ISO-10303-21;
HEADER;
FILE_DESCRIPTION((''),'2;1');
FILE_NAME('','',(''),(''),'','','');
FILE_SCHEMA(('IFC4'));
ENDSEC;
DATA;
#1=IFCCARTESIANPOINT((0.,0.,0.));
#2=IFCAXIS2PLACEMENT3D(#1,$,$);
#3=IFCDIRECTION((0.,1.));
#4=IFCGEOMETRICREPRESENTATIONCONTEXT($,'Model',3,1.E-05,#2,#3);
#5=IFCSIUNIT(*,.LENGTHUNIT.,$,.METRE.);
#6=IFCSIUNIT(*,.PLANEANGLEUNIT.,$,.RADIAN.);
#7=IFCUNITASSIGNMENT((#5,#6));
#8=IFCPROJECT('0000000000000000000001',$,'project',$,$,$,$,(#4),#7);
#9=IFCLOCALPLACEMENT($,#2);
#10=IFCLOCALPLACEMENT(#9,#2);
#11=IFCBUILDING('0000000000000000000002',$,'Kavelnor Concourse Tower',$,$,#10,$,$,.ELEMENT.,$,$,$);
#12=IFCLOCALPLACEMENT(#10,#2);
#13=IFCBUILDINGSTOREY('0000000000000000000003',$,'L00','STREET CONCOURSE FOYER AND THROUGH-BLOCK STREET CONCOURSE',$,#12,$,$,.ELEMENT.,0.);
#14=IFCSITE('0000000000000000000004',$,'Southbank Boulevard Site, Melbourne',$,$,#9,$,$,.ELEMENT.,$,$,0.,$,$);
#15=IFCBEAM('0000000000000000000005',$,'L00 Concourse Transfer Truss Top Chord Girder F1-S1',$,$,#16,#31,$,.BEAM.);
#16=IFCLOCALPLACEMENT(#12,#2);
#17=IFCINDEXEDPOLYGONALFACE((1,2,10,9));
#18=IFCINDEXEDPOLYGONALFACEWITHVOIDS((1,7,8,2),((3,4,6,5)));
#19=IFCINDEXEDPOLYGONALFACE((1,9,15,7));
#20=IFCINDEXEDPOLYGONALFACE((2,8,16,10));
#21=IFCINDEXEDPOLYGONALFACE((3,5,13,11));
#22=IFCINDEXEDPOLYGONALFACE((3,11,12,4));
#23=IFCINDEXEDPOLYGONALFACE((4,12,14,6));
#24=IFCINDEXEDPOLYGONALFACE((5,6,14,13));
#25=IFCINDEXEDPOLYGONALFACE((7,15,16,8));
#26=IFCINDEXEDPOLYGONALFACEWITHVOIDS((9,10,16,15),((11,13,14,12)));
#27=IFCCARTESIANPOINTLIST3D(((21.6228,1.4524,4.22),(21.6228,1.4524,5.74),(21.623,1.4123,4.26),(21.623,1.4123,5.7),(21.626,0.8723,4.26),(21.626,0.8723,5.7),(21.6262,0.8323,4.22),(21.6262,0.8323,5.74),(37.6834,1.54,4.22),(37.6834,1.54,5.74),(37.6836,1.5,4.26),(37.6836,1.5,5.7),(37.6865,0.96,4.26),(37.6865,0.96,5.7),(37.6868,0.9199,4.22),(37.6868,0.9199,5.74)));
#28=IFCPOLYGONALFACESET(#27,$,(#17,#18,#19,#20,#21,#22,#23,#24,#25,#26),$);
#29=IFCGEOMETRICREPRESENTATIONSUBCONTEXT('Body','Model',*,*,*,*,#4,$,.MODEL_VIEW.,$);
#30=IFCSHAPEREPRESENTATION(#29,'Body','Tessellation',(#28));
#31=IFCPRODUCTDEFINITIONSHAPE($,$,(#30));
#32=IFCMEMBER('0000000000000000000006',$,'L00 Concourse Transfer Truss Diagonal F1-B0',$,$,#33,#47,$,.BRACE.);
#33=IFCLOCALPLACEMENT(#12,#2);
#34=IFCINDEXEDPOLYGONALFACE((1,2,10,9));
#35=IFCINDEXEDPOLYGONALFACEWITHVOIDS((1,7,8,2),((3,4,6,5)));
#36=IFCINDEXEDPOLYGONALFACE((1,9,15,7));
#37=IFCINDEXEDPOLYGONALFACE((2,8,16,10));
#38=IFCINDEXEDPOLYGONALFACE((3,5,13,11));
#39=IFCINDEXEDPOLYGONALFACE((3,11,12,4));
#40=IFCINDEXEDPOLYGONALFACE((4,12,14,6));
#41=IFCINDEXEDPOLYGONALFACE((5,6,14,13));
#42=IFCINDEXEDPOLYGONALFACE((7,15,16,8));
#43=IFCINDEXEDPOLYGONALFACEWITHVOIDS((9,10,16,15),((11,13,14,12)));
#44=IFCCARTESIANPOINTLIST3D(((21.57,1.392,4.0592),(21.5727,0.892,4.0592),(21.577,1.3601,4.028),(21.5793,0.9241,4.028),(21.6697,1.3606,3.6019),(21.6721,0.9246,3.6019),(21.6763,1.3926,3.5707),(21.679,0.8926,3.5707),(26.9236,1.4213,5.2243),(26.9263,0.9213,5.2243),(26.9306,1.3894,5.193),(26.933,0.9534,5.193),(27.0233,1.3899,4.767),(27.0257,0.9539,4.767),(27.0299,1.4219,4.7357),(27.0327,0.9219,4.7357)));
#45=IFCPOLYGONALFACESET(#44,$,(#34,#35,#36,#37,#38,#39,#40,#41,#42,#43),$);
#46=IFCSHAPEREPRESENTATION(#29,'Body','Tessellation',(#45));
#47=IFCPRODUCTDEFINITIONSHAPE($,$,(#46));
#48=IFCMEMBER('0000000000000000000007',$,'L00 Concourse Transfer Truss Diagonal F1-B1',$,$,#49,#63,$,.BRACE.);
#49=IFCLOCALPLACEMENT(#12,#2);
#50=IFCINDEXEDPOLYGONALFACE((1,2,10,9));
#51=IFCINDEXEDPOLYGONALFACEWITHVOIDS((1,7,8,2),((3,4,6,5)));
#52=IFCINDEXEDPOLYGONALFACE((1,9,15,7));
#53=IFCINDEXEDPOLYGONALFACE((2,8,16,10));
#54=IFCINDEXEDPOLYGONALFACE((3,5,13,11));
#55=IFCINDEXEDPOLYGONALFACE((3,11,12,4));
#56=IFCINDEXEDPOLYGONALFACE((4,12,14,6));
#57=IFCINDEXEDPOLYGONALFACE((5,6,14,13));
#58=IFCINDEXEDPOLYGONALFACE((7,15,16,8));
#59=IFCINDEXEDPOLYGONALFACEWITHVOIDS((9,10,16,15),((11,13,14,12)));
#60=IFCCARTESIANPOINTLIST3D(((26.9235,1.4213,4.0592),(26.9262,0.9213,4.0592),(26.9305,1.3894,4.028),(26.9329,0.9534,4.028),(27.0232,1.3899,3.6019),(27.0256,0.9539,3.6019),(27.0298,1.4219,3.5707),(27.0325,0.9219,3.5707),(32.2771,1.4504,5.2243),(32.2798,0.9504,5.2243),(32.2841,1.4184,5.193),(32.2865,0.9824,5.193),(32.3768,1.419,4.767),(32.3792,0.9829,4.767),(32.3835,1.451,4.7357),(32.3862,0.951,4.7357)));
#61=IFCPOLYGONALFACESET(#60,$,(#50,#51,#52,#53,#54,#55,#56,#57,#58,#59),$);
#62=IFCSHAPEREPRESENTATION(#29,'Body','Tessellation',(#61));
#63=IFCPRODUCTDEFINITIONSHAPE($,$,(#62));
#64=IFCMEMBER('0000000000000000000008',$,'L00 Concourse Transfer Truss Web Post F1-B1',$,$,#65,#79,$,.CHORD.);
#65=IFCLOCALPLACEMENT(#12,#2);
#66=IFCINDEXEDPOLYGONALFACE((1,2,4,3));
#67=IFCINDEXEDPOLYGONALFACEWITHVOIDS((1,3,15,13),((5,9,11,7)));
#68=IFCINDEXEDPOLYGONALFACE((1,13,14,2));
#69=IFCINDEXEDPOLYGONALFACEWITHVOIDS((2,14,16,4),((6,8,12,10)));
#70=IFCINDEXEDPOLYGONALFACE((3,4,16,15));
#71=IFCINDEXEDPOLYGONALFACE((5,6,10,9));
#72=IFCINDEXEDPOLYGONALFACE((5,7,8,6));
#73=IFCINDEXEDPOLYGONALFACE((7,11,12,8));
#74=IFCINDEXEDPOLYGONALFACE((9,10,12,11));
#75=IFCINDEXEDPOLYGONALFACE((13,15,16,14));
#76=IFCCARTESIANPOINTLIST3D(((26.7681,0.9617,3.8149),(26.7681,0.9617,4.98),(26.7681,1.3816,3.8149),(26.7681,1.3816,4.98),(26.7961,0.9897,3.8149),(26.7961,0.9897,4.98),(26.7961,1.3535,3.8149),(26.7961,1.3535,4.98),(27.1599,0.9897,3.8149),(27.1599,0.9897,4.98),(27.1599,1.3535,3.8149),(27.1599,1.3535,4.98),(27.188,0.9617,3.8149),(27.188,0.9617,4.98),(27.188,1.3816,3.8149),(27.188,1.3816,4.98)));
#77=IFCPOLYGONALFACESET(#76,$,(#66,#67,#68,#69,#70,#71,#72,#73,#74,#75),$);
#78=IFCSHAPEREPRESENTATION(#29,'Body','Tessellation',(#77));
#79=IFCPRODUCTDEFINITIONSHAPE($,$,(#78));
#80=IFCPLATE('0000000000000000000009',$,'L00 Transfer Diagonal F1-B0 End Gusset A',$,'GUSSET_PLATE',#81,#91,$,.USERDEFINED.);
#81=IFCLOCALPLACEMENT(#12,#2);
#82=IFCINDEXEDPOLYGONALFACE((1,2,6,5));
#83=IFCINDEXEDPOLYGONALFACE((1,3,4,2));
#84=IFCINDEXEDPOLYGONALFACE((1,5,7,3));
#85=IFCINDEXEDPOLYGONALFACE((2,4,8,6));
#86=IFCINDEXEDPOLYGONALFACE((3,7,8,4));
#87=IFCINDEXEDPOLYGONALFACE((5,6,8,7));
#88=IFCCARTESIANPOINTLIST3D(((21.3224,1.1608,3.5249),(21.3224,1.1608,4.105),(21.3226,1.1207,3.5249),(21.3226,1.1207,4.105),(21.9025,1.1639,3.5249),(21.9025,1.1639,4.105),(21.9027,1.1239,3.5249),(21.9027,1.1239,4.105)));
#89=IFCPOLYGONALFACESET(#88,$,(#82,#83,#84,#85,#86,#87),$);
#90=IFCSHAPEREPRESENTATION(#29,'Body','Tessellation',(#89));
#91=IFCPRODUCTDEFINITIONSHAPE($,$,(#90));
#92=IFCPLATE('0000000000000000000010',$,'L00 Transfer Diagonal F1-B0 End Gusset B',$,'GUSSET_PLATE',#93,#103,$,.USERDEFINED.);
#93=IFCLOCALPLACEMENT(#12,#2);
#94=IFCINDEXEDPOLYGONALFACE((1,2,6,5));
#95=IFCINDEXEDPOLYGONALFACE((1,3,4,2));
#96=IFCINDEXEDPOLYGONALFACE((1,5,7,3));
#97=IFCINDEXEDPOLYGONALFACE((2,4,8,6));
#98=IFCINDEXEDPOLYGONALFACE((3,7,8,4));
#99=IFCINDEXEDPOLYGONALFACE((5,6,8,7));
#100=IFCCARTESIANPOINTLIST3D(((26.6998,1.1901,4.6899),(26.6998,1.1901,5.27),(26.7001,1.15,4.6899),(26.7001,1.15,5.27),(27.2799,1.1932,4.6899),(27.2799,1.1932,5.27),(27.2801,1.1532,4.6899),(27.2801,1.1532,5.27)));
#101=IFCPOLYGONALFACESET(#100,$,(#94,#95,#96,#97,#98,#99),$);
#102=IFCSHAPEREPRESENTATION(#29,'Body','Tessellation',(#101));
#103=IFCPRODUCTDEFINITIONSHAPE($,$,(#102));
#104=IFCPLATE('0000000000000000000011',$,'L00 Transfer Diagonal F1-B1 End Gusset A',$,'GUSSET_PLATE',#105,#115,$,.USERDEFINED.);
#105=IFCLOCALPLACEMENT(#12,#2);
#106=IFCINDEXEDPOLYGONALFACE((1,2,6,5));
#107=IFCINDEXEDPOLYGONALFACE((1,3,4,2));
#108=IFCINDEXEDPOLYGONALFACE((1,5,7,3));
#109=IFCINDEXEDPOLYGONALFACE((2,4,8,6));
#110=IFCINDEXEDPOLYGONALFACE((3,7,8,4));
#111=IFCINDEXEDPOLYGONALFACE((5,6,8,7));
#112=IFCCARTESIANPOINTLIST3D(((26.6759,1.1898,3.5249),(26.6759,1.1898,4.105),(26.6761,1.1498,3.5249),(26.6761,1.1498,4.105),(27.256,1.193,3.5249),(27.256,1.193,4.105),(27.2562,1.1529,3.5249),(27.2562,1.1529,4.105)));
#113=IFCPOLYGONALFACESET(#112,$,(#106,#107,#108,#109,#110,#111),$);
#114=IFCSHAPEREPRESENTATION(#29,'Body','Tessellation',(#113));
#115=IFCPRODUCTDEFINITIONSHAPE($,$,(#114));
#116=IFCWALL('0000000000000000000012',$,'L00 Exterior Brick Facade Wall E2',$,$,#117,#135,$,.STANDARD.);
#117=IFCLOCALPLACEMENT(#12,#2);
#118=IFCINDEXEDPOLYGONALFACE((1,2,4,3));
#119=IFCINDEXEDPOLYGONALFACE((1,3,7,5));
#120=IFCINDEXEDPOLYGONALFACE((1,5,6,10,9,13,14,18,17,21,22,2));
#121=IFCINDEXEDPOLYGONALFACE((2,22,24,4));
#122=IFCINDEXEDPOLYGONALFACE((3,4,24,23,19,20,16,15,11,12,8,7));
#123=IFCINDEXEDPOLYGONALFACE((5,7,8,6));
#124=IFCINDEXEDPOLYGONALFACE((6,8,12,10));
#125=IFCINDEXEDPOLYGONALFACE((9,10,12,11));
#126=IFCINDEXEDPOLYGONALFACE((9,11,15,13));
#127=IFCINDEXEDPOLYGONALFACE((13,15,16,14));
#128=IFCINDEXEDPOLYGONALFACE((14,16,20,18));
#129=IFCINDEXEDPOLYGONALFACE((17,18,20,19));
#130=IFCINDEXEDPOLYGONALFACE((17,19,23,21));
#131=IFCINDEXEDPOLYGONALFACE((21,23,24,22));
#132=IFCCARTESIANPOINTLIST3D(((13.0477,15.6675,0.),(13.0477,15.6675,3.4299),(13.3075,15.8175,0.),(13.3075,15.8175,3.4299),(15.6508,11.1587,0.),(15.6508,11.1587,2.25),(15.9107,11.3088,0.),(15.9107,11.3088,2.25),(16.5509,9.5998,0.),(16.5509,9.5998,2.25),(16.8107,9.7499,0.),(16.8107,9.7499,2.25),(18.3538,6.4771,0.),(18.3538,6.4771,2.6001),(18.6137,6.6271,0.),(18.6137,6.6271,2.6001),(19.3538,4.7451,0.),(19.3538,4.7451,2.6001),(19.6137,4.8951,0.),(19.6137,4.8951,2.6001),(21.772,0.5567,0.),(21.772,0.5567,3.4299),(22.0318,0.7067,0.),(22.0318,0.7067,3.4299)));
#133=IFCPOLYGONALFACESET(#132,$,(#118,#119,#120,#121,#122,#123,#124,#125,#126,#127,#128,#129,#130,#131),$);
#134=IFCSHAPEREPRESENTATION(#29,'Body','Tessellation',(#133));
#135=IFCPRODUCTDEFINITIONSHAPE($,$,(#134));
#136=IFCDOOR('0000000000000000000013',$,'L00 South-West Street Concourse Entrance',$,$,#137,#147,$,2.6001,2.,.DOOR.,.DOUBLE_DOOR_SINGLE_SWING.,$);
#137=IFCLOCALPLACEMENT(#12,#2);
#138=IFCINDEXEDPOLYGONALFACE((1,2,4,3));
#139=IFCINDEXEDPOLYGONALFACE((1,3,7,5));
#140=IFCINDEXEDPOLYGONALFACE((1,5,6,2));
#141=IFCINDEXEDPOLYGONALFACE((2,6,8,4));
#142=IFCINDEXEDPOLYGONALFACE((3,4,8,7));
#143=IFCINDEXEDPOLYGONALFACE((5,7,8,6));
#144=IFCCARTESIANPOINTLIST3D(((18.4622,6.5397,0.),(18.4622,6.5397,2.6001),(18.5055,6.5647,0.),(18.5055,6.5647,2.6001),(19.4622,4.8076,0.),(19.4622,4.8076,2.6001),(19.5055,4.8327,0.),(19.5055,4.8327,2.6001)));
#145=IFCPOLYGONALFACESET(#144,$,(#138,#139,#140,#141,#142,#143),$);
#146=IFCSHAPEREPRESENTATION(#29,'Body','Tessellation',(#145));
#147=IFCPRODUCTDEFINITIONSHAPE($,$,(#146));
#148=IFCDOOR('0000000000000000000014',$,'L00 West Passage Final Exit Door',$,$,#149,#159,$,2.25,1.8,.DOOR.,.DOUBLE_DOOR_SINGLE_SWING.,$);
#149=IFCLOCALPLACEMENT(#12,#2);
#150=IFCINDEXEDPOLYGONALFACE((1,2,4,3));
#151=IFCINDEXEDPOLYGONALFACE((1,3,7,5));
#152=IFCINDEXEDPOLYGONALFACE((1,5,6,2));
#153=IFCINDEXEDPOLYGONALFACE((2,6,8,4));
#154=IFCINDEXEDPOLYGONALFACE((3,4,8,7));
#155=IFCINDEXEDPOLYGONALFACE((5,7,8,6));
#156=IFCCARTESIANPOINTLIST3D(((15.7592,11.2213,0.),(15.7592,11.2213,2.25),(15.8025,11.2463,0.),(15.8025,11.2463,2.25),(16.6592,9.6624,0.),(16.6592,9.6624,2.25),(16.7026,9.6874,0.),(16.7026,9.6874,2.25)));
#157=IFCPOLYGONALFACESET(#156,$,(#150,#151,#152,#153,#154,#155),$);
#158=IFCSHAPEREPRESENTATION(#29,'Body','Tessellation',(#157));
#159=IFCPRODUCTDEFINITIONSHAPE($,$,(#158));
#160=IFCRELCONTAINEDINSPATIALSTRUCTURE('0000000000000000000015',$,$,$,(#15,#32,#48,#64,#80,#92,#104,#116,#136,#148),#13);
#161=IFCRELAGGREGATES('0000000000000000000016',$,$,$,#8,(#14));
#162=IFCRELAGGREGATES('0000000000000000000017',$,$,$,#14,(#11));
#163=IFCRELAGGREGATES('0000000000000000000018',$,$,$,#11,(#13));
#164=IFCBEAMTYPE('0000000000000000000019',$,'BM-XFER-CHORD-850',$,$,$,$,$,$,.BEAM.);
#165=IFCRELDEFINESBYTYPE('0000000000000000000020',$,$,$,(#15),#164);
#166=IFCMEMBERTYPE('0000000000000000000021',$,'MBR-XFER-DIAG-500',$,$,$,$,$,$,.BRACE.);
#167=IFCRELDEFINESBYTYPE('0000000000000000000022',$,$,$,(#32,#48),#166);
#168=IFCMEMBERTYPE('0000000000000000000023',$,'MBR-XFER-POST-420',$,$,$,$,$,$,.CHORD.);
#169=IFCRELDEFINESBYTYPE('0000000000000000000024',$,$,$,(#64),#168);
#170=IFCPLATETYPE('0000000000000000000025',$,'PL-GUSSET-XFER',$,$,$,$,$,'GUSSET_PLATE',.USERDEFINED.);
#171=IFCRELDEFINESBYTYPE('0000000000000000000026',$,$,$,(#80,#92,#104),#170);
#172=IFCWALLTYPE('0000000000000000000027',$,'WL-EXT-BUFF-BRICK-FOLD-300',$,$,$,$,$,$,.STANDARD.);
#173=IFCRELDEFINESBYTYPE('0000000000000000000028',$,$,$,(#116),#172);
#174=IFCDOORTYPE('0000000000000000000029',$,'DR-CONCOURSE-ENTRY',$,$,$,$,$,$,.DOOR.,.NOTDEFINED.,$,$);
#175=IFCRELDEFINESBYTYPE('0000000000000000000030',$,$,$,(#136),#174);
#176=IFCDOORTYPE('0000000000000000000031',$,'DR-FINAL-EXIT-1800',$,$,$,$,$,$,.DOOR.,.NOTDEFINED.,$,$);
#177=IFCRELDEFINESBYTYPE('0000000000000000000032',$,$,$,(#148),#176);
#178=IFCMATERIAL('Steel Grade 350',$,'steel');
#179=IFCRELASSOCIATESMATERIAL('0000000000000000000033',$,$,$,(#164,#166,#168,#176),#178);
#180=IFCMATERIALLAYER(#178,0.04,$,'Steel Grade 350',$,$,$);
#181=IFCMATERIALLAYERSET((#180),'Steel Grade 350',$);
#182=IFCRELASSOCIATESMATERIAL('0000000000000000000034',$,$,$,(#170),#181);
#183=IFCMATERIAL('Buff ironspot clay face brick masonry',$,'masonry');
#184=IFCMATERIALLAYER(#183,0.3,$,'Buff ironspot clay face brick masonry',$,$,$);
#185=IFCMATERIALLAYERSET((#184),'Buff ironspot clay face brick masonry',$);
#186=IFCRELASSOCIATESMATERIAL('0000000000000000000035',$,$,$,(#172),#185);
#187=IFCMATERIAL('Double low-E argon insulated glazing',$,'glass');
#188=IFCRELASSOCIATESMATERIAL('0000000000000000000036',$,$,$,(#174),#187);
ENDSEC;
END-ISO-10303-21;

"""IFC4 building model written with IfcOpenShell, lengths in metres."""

from ifc_helpers import new_model, si_unit, direction, frame, frame_2d, origin, origin_2d, place, context, subcontext, project, spatial, rectangle, hollow_rectangle, extrude, material, layer, layer_set, material_profile, profile_set, type_object, element, fill, save


model = new_model("IFC4")

# Units and contexts
model_context = context("Model", 3, precision=1e-05, world=origin(), true_north=direction((0.0, 1.0)))
body_context = subcontext(model_context, "Body", "Model", "MODEL_VIEW")
ifc_project = project(units=[si_unit("LENGTHUNIT", "METRE"), si_unit("PLANEANGLEUNIT", "RADIAN")], contexts=[model_context])

# Site, building, storey
site_placement = place(None, origin())
site = spatial("IfcSite", under=ifc_project, at=site_placement, Name="Southbank Boulevard Site, Melbourne", CompositionType="ELEMENT", RefElevation=0.0)
building_placement = place(site_placement, origin())
building = spatial("IfcBuilding", under=site, at=building_placement, Name="Kavelnor Concourse Tower", CompositionType="ELEMENT")
storey_placement = place(building_placement, origin())
storey = spatial("IfcBuildingStorey", under=building, at=storey_placement, Name="L00", Description="STREET CONCOURSE FOYER AND THROUGH-BLOCK STREET CONCOURSE", CompositionType="ELEMENT", Elevation=0.0)

# Shared definitions
ifc_material_1 = material(Name="Steel Grade 350", Category="steel")

# Beam
ifc_material_profile_1 = material_profile(ifc_material_1, hollow_rectangle(XDim=0.6201, YDim=1.52, WallThickness=0.04, at=origin_2d()), Name="RHS 1520x620x40")
ifc_profile_set_1 = profile_set([ifc_material_profile_1], Name="Steel Grade 350")
beam_type_1 = type_object("IfcBeamType", Name="BM-XFER-CHORD-850", PredefinedType="BEAM", material=ifc_profile_set_1)
beam_1_placement = place(storey_placement, frame((21.6245, 1.1423, 4.98), z_axis=(0.999985, 0.005457, 0.0), x_axis=(-0.005457, 0.999985, 0.0)))
element("IfcBeam", 1, at=beam_1_placement, inside=storey, type_object=beam_type_1, Name="L00 Concourse Transfer Truss Top Chord Girder F1-S1", PredefinedType="BEAM", context=body_context, shape_type="SweptSolid", body=[
    extrude(hollow_rectangle(XDim=0.6201, YDim=1.52, WallThickness=0.04, at=origin_2d()), origin(), (0.0, 0.0, 1.0), 16.0608),
])

# Members
ifc_material_profile_2 = material_profile(ifc_material_1, hollow_rectangle(XDim=0.5, YDim=0.5, WallThickness=0.032, at=origin_2d()), Name="SHS 500x500x32")
ifc_profile_set_2 = profile_set([ifc_material_profile_2], Name="Steel Grade 350")
member_type_1 = type_object("IfcMemberType", Name="MBR-XFER-DIAG-500", PredefinedType="BRACE", material=ifc_profile_set_2)
for number, where, z_axis, x_axis, name in (
    (2, (21.6245, 1.1423, 3.8149), (0.977116, 0.005347, 0.212641), (-0.005472, 0.999985, 0.0), "L00 Concourse Transfer Truss Diagonal F1-B0"),
    (3, (26.978, 1.1716, 3.8149), (0.977116, 0.005303, 0.212641), (-0.005427, 0.999985, 0.0), "L00 Concourse Transfer Truss Diagonal F1-B1"),
):
    element("IfcMember", number, at=place(storey_placement, frame(where, z_axis=z_axis, x_axis=x_axis)), inside=storey, type_object=member_type_1, Name=name, PredefinedType="BRACE", context=body_context, shape_type="SweptSolid", body=[
        extrude(hollow_rectangle(XDim=0.5, YDim=0.5, WallThickness=0.032, at=origin_2d()), origin(), (0.0, 0.0, 1.0), 5.479),
    ])
ifc_material_profile_3 = material_profile(ifc_material_1, hollow_rectangle(XDim=0.4199, YDim=0.4199, WallThickness=0.0281, at=origin_2d()), Name="SHS 420x420x28")
ifc_profile_set_3 = profile_set([ifc_material_profile_3], Name="Steel Grade 350")
member_type_2 = type_object("IfcMemberType", Name="MBR-XFER-POST-420", PredefinedType="CHORD", material=ifc_profile_set_3)
member_placement = place(storey_placement, frame((26.978, 1.1716, 3.8149), z_axis=(0.0, 0.0, 1.0), x_axis=(1.0, 0.0, 0.0)))
element("IfcMember", 4, at=member_placement, inside=storey, type_object=member_type_2, Name="L00 Concourse Transfer Truss Web Post F1-B1", PredefinedType="CHORD", context=body_context, shape_type="SweptSolid", body=[
    extrude(hollow_rectangle(XDim=0.4199, YDim=0.4199, WallThickness=0.0281, at=origin_2d()), origin(), (0.0, 0.0, 1.0), 1.165),
])

# Plates
ifc_layer_1 = layer(ifc_material_1, 0.04, Name="Steel Grade 350")
ifc_layer_set_1 = layer_set([ifc_layer_1], Name="Steel Grade 350")
plate_type = type_object("IfcPlateType", Name="PL-GUSSET-XFER", ElementType="GUSSET_PLATE", PredefinedType="USERDEFINED", material=ifc_layer_set_1)
for number, where, z_axis, x_axis, name in (
    (5, (21.6125, 1.1423, 3.5249), (0.0, 0.0, 1.0), (0.999985, 0.00541, 0.0), "L00 Transfer Diagonal F1-B0 End Gusset A"),
    (6, (26.99, 1.1716, 4.6899), (0.0, 0.0, 1.0), (0.999985, 0.00541, 0.0), "L00 Transfer Diagonal F1-B0 End Gusset B"),
    (7, (26.9661, 1.1714, 3.5249), (0.0, 0.0, 1.0), (0.999985, 0.00541, 0.0), "L00 Transfer Diagonal F1-B1 End Gusset A"),
):
    element("IfcPlate", number, at=place(storey_placement, frame(where, z_axis=z_axis, x_axis=x_axis)), inside=storey, type_object=plate_type, Name=name, ObjectType="GUSSET_PLATE", PredefinedType="USERDEFINED", context=body_context, shape_type="SweptSolid", body=[
        extrude(rectangle(XDim=0.5801, YDim=0.04, at=origin_2d()), origin(), (0.0, 0.0, 1.0), 0.5801),
    ])

# Wall, openings, doors
ifc_material_2 = material(Name="Buff ironspot clay face brick masonry", Category="masonry")
ifc_layer_2 = layer(ifc_material_2, 0.3, Name="Buff ironspot clay face brick masonry")
ifc_layer_set_2 = layer_set([ifc_layer_2], Name="Buff ironspot clay face brick masonry")
wall_type_1 = type_object("IfcWallType", Name="WL-EXT-BUFF-BRICK-FOLD-300", PredefinedType="STANDARD", material=ifc_layer_set_2)
wall_1_placement = place(storey_placement, frame((21.9019, 0.6318, 0.0), z_axis=(0.0, 0.0, 1.0), x_axis=(-0.500005, 0.866022, 0.0)))
wall_1 = element("IfcWall", 8, at=wall_1_placement, inside=storey, type_object=wall_type_1, Name="L00 Exterior Brick Facade Wall E2", PredefinedType="STANDARD", context=body_context, shape_type="SweptSolid", body=[
    extrude(rectangle(XDim=17.4485, YDim=0.3, at=frame_2d((8.7241, 0.0))), origin(), (0.0, 0.0, 1.0), 3.4299),
])
opening_1_placement = place(wall_1_placement, frame((10.4421, 0.0, 0.0)))
opening_1 = element("IfcOpeningElement", 9, at=opening_1_placement, cuts=wall_1, PredefinedType="OPENING", context=body_context, shape_type="SweptSolid", body=[
    extrude(rectangle(XDim=1.8, YDim=2.25, at=frame_2d((0.8999, 1.125))), frame((0.0, 0.1602, 0.0), z_axis=(0.0, -1.0, 0.0), x_axis=(1.0, 0.0, 0.0)), (0.0, 0.0, 1.0), 0.3201),
])
opening_2_placement = place(wall_1_placement, frame((4.8362, 0.0, 0.0)))
opening_2 = element("IfcOpeningElement", 10, at=opening_2_placement, cuts=wall_1, PredefinedType="OPENING", context=body_context, shape_type="SweptSolid", body=[
    extrude(rectangle(XDim=2.0, YDim=2.6001, at=frame_2d((1.0, 1.3))), frame((0.0, 0.1602, 0.0), z_axis=(0.0, -1.0, 0.0), x_axis=(1.0, 0.0, 0.0)), (0.0, 0.0, 1.0), 0.3201),
])
ifc_material_3 = material(Name="Double low-E argon insulated glazing", Category="glass")
door_type_1 = type_object("IfcDoorType", Name="DR-CONCOURSE-ENTRY", OperationType="NOTDEFINED", PredefinedType="DOOR", material=ifc_material_3)
door_1_placement = place(opening_2_placement, origin())
door_1 = element("IfcDoor", 11, at=door_1_placement, inside=storey, type_object=door_type_1, Name="L00 South-West Street Concourse Entrance", OperationType="DOUBLE_DOOR_SINGLE_SWING", OverallHeight=2.6001, OverallWidth=2.0, PredefinedType="DOOR", context=body_context, shape_type="SweptSolid", body=[
    extrude(rectangle(XDim=2.0, YDim=2.6001, at=frame_2d((1.0, 1.3))), frame((0.0, 0.0249, 0.0), z_axis=(0.0, -1.0, 0.0), x_axis=(1.0, 0.0, 0.0)), (0.0, 0.0, 1.0), 0.05),
])
fill(opening_2, door_1)
door_type_2 = type_object("IfcDoorType", Name="DR-FINAL-EXIT-1800", OperationType="NOTDEFINED", PredefinedType="DOOR", material=ifc_material_1)
door_2_placement = place(opening_1_placement, origin())
door_2 = element("IfcDoor", 12, at=door_2_placement, inside=storey, type_object=door_type_2, Name="L00 West Passage Final Exit Door", OperationType="DOUBLE_DOOR_SINGLE_SWING", OverallHeight=2.25, OverallWidth=1.8, PredefinedType="DOOR", context=body_context, shape_type="SweptSolid", body=[
    extrude(rectangle(XDim=1.8, YDim=2.25, at=frame_2d((0.8999, 1.125))), frame((0.0, 0.0249, 0.0), z_axis=(0.0, -1.0, 0.0), x_axis=(1.0, 0.0, 0.0)), (0.0, 0.0, 1.0), 0.05),
])
fill(opening_1, door_2)

save(model, "model.ifc")
